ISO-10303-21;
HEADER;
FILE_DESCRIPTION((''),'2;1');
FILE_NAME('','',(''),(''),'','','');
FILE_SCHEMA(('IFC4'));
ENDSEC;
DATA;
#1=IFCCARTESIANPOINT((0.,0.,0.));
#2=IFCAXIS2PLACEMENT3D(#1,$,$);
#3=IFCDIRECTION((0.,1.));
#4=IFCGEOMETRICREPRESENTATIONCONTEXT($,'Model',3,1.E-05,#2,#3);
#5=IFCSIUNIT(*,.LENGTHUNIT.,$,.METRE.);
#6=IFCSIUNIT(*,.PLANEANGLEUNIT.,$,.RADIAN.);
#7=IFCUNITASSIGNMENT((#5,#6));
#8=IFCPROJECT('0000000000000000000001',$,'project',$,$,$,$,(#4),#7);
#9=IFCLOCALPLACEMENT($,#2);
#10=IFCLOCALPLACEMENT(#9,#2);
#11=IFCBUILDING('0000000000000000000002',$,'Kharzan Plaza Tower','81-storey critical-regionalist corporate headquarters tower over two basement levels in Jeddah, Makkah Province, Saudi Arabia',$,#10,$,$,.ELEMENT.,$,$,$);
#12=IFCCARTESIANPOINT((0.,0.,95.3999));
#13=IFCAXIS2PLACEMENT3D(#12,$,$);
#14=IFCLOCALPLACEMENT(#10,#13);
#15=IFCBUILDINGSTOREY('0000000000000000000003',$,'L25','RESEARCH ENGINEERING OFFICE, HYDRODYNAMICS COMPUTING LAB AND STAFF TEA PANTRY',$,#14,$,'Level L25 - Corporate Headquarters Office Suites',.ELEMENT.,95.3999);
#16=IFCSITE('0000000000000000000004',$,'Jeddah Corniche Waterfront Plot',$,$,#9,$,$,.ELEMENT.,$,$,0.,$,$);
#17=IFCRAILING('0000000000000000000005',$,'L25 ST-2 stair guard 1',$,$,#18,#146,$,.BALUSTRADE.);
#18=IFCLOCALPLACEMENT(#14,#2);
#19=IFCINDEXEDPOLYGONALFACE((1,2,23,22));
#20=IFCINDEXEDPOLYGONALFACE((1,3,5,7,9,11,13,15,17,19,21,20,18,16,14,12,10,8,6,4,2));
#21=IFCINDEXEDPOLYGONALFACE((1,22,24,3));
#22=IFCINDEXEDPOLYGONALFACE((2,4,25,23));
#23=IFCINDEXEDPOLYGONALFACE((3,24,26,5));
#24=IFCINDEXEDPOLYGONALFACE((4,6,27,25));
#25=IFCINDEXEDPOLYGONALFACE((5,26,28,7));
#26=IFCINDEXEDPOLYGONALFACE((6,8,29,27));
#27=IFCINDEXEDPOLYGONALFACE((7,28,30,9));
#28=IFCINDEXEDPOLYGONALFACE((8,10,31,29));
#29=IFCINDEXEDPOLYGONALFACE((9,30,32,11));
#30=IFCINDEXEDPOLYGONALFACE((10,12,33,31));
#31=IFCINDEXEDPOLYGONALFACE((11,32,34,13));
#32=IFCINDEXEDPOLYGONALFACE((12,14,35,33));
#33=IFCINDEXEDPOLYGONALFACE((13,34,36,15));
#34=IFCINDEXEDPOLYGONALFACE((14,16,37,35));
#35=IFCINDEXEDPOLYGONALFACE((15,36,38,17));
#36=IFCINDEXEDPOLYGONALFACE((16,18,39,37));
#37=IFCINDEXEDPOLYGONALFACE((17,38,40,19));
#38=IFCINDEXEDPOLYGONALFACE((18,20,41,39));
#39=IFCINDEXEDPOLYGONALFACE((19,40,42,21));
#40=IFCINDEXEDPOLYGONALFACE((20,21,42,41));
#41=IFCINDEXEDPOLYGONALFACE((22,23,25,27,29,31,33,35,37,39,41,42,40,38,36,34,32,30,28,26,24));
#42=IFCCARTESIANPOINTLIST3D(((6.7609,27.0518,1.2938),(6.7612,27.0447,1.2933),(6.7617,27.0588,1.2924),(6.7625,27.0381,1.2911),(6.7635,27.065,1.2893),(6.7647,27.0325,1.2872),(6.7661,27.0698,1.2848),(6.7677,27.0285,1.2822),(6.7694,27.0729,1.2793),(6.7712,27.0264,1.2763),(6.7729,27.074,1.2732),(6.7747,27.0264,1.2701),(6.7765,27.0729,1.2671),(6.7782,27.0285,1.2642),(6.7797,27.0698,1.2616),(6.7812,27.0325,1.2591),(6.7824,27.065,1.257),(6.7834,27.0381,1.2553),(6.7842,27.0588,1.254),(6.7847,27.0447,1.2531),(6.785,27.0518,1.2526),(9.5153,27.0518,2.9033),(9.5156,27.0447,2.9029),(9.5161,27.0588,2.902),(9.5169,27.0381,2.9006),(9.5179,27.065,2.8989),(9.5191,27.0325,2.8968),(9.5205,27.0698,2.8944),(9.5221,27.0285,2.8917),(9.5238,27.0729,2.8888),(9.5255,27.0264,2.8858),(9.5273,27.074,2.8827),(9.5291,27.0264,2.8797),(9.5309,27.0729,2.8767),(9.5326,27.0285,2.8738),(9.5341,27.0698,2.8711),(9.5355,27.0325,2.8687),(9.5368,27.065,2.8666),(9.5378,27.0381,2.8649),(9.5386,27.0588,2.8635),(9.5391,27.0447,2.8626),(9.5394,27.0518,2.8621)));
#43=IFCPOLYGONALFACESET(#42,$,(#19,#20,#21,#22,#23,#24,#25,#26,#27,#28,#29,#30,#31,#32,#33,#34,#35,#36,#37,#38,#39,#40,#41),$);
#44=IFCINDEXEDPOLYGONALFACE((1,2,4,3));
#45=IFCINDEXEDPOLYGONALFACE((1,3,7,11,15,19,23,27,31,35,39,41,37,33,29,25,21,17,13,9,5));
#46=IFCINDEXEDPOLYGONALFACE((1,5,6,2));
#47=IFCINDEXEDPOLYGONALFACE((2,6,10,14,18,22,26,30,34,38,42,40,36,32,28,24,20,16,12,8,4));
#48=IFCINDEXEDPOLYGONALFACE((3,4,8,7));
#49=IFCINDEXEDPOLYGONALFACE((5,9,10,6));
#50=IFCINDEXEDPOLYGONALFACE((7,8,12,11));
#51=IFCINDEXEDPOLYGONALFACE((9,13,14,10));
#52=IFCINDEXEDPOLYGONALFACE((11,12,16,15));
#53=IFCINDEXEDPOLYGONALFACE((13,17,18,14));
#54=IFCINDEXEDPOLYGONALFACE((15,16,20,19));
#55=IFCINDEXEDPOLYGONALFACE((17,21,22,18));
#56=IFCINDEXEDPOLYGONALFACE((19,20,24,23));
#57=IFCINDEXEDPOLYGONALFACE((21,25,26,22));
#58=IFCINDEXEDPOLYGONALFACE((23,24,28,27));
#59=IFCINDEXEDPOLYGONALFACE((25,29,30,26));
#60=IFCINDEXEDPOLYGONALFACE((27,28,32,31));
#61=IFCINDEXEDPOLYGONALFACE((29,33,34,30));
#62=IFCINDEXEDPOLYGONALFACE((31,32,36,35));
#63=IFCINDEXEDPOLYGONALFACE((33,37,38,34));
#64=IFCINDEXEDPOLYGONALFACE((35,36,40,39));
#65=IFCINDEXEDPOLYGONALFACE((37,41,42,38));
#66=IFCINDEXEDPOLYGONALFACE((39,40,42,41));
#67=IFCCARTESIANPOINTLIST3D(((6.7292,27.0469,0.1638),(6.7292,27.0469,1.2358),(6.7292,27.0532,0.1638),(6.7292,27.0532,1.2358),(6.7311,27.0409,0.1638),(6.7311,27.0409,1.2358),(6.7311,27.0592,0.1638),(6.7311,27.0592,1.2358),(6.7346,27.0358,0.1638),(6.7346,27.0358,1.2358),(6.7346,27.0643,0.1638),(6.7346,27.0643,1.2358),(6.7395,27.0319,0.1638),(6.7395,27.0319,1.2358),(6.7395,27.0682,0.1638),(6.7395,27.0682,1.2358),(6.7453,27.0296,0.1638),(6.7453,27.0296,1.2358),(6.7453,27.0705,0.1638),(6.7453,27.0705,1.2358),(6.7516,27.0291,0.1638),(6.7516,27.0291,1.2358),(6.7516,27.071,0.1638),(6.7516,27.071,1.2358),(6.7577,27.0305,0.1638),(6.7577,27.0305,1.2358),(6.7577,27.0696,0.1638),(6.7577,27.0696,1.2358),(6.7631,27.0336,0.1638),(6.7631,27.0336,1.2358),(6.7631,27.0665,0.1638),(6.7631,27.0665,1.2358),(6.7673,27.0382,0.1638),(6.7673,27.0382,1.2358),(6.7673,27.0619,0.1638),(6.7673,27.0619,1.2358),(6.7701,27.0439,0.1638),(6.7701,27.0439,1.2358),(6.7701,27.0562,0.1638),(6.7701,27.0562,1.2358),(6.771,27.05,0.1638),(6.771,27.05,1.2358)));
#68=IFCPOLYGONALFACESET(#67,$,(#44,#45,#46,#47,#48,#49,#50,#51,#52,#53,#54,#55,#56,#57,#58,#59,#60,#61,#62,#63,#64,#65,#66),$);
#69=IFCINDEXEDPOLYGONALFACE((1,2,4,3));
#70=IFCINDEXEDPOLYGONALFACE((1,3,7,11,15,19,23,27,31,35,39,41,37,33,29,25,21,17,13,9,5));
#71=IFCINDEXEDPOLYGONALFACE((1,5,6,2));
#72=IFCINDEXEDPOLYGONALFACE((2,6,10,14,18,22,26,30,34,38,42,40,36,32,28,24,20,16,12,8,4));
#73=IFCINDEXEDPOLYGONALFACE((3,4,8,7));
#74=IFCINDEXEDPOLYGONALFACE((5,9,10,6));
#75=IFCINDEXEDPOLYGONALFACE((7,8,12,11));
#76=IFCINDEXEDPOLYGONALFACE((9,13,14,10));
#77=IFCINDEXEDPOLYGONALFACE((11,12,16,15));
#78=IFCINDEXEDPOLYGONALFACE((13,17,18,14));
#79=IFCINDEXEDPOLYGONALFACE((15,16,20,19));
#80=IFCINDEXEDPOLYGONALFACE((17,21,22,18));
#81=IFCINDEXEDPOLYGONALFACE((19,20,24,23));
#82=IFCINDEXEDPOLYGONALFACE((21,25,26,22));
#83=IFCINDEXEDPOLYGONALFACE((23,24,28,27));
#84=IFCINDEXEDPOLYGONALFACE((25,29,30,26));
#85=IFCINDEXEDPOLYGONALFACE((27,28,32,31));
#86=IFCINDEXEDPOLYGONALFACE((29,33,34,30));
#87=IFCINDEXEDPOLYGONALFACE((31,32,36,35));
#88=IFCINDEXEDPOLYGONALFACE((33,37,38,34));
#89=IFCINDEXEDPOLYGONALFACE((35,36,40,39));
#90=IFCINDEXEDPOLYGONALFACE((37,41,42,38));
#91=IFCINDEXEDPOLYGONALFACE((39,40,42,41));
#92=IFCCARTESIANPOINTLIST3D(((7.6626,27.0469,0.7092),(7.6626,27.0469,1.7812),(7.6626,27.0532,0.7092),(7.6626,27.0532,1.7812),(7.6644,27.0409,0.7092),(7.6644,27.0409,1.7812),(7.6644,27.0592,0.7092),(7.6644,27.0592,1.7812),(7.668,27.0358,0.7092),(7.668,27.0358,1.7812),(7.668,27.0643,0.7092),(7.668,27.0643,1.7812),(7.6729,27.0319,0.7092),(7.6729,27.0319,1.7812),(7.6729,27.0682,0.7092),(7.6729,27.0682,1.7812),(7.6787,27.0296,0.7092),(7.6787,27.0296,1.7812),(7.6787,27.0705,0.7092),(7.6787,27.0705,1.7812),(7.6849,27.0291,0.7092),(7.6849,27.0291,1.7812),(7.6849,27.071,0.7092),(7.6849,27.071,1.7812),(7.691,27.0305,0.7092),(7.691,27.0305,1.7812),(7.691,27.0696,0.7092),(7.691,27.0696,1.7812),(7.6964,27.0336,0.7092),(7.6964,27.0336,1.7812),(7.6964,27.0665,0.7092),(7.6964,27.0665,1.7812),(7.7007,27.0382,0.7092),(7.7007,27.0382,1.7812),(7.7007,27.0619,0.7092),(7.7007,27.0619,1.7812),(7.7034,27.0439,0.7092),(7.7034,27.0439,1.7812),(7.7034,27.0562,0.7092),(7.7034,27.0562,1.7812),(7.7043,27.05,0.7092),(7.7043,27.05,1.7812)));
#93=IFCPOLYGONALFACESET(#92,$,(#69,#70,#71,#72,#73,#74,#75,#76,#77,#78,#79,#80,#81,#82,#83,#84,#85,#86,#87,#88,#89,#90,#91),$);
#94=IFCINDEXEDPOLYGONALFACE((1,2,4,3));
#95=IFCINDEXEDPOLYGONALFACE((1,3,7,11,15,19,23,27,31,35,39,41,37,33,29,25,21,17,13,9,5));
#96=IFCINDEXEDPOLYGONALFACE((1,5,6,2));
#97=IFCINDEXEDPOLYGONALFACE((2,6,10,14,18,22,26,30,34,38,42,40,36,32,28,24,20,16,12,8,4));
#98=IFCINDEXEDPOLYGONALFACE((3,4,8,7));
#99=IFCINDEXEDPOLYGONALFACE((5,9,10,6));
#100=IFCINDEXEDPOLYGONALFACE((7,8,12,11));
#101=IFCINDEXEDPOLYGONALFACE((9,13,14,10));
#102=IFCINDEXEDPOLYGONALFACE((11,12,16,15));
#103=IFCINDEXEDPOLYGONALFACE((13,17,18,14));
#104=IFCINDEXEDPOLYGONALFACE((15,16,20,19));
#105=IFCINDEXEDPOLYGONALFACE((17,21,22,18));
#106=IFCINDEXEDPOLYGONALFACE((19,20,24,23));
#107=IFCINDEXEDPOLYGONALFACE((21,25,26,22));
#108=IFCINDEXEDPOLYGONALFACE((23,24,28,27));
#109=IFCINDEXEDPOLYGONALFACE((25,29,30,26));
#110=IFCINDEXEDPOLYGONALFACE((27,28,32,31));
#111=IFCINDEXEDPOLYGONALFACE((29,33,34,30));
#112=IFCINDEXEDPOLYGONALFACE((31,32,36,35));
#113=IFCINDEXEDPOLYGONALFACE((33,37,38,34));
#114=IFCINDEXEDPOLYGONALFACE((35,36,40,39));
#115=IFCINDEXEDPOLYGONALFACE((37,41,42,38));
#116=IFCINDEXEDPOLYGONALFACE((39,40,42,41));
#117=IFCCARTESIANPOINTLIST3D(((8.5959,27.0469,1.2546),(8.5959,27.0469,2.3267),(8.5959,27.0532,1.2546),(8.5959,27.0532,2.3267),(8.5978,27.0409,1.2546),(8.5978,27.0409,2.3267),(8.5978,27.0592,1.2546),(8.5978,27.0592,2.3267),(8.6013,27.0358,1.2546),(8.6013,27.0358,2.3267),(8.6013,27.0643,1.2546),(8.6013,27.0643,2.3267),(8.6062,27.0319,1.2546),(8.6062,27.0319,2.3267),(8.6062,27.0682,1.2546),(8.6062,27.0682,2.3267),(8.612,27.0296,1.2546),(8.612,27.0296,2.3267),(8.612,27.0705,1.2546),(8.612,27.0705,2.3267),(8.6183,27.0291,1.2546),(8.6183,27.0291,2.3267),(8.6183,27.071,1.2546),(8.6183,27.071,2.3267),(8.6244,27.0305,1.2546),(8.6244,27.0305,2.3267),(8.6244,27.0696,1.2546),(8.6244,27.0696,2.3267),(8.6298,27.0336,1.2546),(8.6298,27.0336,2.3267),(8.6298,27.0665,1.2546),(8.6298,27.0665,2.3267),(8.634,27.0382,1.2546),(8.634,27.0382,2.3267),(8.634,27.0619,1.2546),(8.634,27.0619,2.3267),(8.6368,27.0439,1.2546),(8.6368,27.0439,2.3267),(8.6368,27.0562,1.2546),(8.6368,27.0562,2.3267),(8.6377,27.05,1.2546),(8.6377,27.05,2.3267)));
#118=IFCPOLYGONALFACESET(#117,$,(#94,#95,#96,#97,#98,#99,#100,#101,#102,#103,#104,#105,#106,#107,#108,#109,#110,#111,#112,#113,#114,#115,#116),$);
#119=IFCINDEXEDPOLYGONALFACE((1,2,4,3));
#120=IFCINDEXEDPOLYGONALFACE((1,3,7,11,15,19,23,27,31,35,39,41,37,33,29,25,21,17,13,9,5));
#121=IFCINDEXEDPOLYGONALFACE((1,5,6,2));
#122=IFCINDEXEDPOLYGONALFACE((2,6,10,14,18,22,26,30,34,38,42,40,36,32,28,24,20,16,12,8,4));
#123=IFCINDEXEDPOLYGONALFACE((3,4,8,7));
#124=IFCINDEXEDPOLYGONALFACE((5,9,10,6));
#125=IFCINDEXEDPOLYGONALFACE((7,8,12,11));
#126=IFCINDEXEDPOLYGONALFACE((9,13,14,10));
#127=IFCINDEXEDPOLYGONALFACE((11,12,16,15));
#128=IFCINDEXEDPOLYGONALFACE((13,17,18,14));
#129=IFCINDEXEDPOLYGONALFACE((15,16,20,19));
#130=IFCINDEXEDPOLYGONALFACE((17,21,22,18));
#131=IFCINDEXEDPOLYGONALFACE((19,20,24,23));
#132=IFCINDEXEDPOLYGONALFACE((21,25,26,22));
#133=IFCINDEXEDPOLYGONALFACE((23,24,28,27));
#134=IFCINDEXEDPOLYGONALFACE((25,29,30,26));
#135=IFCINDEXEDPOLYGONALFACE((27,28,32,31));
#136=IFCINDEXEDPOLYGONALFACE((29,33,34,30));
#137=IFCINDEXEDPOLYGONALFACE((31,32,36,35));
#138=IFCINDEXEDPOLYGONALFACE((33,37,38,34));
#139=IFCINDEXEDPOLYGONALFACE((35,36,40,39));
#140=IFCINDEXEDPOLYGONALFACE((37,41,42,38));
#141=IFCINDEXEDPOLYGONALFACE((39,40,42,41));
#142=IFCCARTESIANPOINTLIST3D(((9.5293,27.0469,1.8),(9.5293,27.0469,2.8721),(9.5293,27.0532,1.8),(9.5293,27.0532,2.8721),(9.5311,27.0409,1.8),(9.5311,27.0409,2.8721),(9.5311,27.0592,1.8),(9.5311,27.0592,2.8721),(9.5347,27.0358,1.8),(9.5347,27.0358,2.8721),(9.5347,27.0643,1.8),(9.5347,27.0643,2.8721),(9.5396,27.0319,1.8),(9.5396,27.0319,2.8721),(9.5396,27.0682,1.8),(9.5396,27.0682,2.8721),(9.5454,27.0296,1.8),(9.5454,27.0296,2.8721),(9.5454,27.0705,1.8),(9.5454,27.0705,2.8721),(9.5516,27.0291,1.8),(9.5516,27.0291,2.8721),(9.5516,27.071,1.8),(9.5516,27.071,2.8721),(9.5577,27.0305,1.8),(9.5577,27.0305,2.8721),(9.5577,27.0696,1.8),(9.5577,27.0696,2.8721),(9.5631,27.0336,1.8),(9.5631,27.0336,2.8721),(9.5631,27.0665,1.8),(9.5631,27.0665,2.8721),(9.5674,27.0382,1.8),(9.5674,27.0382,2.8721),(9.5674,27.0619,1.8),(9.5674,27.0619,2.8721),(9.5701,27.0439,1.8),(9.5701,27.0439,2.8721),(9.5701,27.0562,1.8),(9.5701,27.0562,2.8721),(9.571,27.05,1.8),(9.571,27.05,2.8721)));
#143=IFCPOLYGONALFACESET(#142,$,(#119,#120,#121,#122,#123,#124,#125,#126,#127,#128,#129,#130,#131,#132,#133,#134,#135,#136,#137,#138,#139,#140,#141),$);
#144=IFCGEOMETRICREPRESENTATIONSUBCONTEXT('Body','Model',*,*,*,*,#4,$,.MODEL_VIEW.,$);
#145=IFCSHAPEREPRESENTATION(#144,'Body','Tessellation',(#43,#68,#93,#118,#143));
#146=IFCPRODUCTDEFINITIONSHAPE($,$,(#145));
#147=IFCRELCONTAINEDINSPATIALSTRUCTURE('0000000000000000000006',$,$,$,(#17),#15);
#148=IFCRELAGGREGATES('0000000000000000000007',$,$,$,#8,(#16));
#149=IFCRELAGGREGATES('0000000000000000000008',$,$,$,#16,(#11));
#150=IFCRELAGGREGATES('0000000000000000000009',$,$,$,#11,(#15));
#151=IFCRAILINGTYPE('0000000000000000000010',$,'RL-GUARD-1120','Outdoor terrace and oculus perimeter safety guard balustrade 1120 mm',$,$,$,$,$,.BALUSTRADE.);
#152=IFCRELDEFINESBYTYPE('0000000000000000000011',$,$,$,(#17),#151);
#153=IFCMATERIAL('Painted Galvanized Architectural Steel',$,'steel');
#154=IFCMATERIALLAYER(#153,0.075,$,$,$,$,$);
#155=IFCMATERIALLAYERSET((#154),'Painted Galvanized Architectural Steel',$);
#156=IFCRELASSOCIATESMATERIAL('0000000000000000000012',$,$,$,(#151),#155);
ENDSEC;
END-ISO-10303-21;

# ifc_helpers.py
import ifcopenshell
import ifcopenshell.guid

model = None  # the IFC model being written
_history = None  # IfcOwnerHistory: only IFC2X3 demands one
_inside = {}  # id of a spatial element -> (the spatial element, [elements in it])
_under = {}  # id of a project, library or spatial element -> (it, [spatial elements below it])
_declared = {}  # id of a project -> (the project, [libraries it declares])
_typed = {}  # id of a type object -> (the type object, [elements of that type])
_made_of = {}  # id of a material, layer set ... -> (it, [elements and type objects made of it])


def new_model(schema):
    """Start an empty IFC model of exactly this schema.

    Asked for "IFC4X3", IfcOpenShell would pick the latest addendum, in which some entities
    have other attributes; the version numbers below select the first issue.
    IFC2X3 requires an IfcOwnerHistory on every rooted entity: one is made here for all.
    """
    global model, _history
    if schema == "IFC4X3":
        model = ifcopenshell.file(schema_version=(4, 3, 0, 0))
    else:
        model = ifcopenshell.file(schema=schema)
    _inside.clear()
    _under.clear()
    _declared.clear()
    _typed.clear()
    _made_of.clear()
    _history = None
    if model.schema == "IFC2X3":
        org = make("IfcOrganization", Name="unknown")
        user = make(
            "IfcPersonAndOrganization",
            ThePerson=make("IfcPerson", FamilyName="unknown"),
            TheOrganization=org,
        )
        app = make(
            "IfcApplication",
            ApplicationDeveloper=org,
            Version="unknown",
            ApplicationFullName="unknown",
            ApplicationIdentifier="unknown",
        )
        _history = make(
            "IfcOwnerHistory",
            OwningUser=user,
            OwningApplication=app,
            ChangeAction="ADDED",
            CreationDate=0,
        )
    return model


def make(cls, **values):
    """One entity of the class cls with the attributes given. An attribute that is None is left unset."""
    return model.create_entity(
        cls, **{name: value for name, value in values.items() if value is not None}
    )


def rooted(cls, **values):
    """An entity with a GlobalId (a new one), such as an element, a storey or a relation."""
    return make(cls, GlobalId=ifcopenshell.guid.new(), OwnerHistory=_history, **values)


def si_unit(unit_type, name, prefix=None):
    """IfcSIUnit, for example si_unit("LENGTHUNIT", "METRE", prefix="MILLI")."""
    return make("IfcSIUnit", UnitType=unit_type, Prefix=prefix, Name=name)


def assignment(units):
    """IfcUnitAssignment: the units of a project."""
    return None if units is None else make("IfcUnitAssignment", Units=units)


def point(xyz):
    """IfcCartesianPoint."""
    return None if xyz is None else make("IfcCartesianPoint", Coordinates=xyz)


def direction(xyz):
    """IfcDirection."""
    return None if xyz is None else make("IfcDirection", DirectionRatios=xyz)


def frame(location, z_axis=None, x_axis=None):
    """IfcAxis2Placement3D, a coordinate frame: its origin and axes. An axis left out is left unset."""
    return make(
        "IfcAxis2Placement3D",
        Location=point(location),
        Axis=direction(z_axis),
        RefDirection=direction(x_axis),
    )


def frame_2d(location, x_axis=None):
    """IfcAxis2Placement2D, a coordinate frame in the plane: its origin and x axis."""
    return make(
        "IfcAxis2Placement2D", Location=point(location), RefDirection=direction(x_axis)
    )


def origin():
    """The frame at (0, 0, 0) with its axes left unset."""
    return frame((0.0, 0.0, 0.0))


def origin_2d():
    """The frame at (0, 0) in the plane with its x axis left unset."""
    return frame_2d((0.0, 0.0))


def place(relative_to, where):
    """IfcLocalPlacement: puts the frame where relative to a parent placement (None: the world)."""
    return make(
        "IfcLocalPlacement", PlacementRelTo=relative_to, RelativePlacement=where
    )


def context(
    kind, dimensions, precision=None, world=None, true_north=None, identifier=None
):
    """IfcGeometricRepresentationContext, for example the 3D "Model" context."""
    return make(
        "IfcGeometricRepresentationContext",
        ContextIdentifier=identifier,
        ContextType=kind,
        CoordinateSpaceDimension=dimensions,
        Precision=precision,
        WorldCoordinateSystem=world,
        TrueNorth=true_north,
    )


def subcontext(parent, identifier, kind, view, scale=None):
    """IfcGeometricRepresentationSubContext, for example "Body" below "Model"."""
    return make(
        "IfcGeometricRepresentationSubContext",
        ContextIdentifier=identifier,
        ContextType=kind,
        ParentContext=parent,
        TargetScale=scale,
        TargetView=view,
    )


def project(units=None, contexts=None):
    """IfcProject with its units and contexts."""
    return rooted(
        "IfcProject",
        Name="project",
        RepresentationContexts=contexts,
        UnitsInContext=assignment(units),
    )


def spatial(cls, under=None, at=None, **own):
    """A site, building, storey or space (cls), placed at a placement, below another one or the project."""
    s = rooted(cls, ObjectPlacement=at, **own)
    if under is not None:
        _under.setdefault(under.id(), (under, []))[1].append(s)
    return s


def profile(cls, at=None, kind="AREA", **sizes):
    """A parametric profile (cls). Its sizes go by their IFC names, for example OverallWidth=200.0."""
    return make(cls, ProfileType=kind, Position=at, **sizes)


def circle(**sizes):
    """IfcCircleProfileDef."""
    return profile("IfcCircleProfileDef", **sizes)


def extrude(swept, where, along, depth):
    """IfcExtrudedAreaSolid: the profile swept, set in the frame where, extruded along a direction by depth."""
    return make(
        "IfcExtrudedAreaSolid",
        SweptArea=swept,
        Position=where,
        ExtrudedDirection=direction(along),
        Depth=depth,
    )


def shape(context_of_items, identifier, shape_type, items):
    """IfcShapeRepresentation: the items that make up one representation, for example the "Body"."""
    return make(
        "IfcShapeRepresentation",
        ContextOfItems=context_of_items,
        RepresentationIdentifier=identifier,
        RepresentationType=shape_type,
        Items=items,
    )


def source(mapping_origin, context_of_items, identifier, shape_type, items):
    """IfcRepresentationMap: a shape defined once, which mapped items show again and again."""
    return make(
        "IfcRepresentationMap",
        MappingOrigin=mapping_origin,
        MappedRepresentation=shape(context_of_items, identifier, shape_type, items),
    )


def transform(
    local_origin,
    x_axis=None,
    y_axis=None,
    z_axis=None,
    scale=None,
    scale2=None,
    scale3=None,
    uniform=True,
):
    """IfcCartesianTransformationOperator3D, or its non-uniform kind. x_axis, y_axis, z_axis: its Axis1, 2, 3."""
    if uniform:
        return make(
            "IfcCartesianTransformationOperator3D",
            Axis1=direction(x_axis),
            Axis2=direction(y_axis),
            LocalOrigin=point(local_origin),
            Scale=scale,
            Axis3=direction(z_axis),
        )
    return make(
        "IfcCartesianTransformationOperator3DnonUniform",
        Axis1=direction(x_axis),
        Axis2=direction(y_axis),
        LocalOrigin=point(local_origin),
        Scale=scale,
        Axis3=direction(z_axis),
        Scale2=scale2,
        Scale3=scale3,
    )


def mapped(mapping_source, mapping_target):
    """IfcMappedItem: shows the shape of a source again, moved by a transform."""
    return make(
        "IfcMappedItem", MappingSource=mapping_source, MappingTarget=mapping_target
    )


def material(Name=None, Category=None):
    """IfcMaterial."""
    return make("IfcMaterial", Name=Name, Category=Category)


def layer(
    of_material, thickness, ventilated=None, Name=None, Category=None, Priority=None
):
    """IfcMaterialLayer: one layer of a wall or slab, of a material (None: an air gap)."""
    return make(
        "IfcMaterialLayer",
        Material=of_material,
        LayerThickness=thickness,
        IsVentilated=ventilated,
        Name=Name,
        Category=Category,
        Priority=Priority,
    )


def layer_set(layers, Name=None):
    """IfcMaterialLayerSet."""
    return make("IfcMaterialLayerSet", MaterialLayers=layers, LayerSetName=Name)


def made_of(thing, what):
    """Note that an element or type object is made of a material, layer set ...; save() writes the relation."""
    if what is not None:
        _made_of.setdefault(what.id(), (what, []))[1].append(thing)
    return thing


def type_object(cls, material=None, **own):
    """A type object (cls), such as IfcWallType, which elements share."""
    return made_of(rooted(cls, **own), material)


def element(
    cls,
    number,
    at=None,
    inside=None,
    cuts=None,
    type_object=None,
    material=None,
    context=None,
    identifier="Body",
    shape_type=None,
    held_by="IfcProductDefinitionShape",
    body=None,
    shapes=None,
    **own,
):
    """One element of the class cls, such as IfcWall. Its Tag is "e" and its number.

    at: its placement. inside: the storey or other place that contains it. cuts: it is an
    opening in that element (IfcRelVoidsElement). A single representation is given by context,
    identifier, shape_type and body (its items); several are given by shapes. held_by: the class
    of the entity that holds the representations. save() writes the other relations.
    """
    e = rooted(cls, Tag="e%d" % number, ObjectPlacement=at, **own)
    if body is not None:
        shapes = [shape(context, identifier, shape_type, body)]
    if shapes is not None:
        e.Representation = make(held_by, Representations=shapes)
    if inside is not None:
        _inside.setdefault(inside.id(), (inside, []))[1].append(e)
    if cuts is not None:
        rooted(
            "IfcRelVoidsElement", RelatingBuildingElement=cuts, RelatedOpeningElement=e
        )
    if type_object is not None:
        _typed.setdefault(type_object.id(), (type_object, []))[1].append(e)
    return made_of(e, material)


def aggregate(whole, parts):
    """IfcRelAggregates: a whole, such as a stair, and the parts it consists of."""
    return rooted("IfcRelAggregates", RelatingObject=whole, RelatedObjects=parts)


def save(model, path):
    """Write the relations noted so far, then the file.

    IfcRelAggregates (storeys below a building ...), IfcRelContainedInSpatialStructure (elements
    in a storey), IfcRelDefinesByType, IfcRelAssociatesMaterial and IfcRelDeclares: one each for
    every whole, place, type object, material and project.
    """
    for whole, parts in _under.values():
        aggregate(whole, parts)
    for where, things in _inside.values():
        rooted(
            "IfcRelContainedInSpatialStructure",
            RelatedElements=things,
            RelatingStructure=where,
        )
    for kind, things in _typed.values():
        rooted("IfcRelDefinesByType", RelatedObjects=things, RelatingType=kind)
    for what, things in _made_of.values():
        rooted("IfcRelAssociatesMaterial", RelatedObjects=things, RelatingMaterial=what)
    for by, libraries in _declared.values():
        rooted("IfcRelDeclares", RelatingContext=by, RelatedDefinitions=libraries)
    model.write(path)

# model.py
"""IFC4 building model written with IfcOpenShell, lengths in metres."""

from ifc_helpers import new_model, si_unit, direction, frame, origin, origin_2d, place, context, subcontext, project, spatial, circle, extrude, source, transform, mapped, material, layer, layer_set, type_object, element, save


model = new_model("IFC4")

# Units and contexts
model_context = context("Model", 3, precision=1e-05, world=origin(), true_north=direction((0.0, 1.0)))
body_context = subcontext(model_context, "Body", "Model", "MODEL_VIEW")
ifc_project = project(units=[si_unit("LENGTHUNIT", "METRE"), si_unit("PLANEANGLEUNIT", "RADIAN")], contexts=[model_context])

# Site, building, storey
site_placement = place(None, origin())
site = spatial("IfcSite", under=ifc_project, at=site_placement, Name="Jeddah Corniche Waterfront Plot", CompositionType="ELEMENT", RefElevation=0.0)
building_placement = place(site_placement, origin())
building = spatial("IfcBuilding", under=site, at=building_placement, Name="Kharzan Plaza Tower", Description="81-storey critical-regionalist corporate headquarters tower over two basement levels in Jeddah, Makkah Province, Saudi Arabia", CompositionType="ELEMENT")
storey_placement = place(building_placement, frame((0.0, 0.0, 95.3999)))
storey = spatial("IfcBuildingStorey", under=building, at=storey_placement, Name="L25", Description="RESEARCH ENGINEERING OFFICE, HYDRODYNAMICS COMPUTING LAB AND STAFF TEA PANTRY", LongName="Level L25 - Corporate Headquarters Office Suites", CompositionType="ELEMENT", Elevation=95.3999)

# Railing
ifc_material_1 = material(Name="Painted Galvanized Architectural Steel", Category="steel")
ifc_layer_1 = layer(ifc_material_1, 0.075)
ifc_layer_set_1 = layer_set([ifc_layer_1], Name="Painted Galvanized Architectural Steel")
railing_type_1 = type_object("IfcRailingType", Name="RL-GUARD-1120", Description="Outdoor terrace and oculus perimeter safety guard balustrade 1120 mm", PredefinedType="BALUSTRADE", material=ifc_layer_set_1)
shared_shape_1 = source(origin(), body_context, "Body", "SweptSolid", [
    extrude(circle(Radius=0.0239, at=origin_2d()), frame((0.0229, 0.0, 1.1094), z_axis=(0.863394, 0.0, 0.504531), x_axis=(0.0, 1.0, 0.0)), (0.0, 0.0, 1.0), 3.1902),
    extrude(circle(Radius=0.021, at=origin_2d()), origin(), (0.0, 0.0, 1.0), 1.072),
    extrude(circle(Radius=0.021, at=origin_2d()), frame((0.9333, 0.0, 0.5454)), (0.0, 0.0, 1.0), 1.072),
    extrude(circle(Radius=0.021, at=origin_2d()), frame((1.8667, 0.0, 1.0908)), (0.0, 0.0, 1.0), 1.072),
    extrude(circle(Radius=0.021, at=origin_2d()), frame((2.8, 0.0, 1.6362)), (0.0, 0.0, 1.0), 1.072),
])
railing_1_placement = place(storey_placement, frame((6.75, 27.05, 0.1638)))
element("IfcRailing", 1, at=railing_1_placement, inside=storey, type_object=railing_type_1, Name="L25 ST-2 stair guard 1", PredefinedType="BALUSTRADE", context=body_context, shape_type="MappedRepresentation", body=[
    mapped(shared_shape_1, transform((0.0, 0.0, 0.0), x_axis=(1.0, 0.0, 0.0), y_axis=(0.0, 1.0, 0.0), z_axis=(0.0, 0.0, 1.0))),
])

save(model, "model.ifc")
